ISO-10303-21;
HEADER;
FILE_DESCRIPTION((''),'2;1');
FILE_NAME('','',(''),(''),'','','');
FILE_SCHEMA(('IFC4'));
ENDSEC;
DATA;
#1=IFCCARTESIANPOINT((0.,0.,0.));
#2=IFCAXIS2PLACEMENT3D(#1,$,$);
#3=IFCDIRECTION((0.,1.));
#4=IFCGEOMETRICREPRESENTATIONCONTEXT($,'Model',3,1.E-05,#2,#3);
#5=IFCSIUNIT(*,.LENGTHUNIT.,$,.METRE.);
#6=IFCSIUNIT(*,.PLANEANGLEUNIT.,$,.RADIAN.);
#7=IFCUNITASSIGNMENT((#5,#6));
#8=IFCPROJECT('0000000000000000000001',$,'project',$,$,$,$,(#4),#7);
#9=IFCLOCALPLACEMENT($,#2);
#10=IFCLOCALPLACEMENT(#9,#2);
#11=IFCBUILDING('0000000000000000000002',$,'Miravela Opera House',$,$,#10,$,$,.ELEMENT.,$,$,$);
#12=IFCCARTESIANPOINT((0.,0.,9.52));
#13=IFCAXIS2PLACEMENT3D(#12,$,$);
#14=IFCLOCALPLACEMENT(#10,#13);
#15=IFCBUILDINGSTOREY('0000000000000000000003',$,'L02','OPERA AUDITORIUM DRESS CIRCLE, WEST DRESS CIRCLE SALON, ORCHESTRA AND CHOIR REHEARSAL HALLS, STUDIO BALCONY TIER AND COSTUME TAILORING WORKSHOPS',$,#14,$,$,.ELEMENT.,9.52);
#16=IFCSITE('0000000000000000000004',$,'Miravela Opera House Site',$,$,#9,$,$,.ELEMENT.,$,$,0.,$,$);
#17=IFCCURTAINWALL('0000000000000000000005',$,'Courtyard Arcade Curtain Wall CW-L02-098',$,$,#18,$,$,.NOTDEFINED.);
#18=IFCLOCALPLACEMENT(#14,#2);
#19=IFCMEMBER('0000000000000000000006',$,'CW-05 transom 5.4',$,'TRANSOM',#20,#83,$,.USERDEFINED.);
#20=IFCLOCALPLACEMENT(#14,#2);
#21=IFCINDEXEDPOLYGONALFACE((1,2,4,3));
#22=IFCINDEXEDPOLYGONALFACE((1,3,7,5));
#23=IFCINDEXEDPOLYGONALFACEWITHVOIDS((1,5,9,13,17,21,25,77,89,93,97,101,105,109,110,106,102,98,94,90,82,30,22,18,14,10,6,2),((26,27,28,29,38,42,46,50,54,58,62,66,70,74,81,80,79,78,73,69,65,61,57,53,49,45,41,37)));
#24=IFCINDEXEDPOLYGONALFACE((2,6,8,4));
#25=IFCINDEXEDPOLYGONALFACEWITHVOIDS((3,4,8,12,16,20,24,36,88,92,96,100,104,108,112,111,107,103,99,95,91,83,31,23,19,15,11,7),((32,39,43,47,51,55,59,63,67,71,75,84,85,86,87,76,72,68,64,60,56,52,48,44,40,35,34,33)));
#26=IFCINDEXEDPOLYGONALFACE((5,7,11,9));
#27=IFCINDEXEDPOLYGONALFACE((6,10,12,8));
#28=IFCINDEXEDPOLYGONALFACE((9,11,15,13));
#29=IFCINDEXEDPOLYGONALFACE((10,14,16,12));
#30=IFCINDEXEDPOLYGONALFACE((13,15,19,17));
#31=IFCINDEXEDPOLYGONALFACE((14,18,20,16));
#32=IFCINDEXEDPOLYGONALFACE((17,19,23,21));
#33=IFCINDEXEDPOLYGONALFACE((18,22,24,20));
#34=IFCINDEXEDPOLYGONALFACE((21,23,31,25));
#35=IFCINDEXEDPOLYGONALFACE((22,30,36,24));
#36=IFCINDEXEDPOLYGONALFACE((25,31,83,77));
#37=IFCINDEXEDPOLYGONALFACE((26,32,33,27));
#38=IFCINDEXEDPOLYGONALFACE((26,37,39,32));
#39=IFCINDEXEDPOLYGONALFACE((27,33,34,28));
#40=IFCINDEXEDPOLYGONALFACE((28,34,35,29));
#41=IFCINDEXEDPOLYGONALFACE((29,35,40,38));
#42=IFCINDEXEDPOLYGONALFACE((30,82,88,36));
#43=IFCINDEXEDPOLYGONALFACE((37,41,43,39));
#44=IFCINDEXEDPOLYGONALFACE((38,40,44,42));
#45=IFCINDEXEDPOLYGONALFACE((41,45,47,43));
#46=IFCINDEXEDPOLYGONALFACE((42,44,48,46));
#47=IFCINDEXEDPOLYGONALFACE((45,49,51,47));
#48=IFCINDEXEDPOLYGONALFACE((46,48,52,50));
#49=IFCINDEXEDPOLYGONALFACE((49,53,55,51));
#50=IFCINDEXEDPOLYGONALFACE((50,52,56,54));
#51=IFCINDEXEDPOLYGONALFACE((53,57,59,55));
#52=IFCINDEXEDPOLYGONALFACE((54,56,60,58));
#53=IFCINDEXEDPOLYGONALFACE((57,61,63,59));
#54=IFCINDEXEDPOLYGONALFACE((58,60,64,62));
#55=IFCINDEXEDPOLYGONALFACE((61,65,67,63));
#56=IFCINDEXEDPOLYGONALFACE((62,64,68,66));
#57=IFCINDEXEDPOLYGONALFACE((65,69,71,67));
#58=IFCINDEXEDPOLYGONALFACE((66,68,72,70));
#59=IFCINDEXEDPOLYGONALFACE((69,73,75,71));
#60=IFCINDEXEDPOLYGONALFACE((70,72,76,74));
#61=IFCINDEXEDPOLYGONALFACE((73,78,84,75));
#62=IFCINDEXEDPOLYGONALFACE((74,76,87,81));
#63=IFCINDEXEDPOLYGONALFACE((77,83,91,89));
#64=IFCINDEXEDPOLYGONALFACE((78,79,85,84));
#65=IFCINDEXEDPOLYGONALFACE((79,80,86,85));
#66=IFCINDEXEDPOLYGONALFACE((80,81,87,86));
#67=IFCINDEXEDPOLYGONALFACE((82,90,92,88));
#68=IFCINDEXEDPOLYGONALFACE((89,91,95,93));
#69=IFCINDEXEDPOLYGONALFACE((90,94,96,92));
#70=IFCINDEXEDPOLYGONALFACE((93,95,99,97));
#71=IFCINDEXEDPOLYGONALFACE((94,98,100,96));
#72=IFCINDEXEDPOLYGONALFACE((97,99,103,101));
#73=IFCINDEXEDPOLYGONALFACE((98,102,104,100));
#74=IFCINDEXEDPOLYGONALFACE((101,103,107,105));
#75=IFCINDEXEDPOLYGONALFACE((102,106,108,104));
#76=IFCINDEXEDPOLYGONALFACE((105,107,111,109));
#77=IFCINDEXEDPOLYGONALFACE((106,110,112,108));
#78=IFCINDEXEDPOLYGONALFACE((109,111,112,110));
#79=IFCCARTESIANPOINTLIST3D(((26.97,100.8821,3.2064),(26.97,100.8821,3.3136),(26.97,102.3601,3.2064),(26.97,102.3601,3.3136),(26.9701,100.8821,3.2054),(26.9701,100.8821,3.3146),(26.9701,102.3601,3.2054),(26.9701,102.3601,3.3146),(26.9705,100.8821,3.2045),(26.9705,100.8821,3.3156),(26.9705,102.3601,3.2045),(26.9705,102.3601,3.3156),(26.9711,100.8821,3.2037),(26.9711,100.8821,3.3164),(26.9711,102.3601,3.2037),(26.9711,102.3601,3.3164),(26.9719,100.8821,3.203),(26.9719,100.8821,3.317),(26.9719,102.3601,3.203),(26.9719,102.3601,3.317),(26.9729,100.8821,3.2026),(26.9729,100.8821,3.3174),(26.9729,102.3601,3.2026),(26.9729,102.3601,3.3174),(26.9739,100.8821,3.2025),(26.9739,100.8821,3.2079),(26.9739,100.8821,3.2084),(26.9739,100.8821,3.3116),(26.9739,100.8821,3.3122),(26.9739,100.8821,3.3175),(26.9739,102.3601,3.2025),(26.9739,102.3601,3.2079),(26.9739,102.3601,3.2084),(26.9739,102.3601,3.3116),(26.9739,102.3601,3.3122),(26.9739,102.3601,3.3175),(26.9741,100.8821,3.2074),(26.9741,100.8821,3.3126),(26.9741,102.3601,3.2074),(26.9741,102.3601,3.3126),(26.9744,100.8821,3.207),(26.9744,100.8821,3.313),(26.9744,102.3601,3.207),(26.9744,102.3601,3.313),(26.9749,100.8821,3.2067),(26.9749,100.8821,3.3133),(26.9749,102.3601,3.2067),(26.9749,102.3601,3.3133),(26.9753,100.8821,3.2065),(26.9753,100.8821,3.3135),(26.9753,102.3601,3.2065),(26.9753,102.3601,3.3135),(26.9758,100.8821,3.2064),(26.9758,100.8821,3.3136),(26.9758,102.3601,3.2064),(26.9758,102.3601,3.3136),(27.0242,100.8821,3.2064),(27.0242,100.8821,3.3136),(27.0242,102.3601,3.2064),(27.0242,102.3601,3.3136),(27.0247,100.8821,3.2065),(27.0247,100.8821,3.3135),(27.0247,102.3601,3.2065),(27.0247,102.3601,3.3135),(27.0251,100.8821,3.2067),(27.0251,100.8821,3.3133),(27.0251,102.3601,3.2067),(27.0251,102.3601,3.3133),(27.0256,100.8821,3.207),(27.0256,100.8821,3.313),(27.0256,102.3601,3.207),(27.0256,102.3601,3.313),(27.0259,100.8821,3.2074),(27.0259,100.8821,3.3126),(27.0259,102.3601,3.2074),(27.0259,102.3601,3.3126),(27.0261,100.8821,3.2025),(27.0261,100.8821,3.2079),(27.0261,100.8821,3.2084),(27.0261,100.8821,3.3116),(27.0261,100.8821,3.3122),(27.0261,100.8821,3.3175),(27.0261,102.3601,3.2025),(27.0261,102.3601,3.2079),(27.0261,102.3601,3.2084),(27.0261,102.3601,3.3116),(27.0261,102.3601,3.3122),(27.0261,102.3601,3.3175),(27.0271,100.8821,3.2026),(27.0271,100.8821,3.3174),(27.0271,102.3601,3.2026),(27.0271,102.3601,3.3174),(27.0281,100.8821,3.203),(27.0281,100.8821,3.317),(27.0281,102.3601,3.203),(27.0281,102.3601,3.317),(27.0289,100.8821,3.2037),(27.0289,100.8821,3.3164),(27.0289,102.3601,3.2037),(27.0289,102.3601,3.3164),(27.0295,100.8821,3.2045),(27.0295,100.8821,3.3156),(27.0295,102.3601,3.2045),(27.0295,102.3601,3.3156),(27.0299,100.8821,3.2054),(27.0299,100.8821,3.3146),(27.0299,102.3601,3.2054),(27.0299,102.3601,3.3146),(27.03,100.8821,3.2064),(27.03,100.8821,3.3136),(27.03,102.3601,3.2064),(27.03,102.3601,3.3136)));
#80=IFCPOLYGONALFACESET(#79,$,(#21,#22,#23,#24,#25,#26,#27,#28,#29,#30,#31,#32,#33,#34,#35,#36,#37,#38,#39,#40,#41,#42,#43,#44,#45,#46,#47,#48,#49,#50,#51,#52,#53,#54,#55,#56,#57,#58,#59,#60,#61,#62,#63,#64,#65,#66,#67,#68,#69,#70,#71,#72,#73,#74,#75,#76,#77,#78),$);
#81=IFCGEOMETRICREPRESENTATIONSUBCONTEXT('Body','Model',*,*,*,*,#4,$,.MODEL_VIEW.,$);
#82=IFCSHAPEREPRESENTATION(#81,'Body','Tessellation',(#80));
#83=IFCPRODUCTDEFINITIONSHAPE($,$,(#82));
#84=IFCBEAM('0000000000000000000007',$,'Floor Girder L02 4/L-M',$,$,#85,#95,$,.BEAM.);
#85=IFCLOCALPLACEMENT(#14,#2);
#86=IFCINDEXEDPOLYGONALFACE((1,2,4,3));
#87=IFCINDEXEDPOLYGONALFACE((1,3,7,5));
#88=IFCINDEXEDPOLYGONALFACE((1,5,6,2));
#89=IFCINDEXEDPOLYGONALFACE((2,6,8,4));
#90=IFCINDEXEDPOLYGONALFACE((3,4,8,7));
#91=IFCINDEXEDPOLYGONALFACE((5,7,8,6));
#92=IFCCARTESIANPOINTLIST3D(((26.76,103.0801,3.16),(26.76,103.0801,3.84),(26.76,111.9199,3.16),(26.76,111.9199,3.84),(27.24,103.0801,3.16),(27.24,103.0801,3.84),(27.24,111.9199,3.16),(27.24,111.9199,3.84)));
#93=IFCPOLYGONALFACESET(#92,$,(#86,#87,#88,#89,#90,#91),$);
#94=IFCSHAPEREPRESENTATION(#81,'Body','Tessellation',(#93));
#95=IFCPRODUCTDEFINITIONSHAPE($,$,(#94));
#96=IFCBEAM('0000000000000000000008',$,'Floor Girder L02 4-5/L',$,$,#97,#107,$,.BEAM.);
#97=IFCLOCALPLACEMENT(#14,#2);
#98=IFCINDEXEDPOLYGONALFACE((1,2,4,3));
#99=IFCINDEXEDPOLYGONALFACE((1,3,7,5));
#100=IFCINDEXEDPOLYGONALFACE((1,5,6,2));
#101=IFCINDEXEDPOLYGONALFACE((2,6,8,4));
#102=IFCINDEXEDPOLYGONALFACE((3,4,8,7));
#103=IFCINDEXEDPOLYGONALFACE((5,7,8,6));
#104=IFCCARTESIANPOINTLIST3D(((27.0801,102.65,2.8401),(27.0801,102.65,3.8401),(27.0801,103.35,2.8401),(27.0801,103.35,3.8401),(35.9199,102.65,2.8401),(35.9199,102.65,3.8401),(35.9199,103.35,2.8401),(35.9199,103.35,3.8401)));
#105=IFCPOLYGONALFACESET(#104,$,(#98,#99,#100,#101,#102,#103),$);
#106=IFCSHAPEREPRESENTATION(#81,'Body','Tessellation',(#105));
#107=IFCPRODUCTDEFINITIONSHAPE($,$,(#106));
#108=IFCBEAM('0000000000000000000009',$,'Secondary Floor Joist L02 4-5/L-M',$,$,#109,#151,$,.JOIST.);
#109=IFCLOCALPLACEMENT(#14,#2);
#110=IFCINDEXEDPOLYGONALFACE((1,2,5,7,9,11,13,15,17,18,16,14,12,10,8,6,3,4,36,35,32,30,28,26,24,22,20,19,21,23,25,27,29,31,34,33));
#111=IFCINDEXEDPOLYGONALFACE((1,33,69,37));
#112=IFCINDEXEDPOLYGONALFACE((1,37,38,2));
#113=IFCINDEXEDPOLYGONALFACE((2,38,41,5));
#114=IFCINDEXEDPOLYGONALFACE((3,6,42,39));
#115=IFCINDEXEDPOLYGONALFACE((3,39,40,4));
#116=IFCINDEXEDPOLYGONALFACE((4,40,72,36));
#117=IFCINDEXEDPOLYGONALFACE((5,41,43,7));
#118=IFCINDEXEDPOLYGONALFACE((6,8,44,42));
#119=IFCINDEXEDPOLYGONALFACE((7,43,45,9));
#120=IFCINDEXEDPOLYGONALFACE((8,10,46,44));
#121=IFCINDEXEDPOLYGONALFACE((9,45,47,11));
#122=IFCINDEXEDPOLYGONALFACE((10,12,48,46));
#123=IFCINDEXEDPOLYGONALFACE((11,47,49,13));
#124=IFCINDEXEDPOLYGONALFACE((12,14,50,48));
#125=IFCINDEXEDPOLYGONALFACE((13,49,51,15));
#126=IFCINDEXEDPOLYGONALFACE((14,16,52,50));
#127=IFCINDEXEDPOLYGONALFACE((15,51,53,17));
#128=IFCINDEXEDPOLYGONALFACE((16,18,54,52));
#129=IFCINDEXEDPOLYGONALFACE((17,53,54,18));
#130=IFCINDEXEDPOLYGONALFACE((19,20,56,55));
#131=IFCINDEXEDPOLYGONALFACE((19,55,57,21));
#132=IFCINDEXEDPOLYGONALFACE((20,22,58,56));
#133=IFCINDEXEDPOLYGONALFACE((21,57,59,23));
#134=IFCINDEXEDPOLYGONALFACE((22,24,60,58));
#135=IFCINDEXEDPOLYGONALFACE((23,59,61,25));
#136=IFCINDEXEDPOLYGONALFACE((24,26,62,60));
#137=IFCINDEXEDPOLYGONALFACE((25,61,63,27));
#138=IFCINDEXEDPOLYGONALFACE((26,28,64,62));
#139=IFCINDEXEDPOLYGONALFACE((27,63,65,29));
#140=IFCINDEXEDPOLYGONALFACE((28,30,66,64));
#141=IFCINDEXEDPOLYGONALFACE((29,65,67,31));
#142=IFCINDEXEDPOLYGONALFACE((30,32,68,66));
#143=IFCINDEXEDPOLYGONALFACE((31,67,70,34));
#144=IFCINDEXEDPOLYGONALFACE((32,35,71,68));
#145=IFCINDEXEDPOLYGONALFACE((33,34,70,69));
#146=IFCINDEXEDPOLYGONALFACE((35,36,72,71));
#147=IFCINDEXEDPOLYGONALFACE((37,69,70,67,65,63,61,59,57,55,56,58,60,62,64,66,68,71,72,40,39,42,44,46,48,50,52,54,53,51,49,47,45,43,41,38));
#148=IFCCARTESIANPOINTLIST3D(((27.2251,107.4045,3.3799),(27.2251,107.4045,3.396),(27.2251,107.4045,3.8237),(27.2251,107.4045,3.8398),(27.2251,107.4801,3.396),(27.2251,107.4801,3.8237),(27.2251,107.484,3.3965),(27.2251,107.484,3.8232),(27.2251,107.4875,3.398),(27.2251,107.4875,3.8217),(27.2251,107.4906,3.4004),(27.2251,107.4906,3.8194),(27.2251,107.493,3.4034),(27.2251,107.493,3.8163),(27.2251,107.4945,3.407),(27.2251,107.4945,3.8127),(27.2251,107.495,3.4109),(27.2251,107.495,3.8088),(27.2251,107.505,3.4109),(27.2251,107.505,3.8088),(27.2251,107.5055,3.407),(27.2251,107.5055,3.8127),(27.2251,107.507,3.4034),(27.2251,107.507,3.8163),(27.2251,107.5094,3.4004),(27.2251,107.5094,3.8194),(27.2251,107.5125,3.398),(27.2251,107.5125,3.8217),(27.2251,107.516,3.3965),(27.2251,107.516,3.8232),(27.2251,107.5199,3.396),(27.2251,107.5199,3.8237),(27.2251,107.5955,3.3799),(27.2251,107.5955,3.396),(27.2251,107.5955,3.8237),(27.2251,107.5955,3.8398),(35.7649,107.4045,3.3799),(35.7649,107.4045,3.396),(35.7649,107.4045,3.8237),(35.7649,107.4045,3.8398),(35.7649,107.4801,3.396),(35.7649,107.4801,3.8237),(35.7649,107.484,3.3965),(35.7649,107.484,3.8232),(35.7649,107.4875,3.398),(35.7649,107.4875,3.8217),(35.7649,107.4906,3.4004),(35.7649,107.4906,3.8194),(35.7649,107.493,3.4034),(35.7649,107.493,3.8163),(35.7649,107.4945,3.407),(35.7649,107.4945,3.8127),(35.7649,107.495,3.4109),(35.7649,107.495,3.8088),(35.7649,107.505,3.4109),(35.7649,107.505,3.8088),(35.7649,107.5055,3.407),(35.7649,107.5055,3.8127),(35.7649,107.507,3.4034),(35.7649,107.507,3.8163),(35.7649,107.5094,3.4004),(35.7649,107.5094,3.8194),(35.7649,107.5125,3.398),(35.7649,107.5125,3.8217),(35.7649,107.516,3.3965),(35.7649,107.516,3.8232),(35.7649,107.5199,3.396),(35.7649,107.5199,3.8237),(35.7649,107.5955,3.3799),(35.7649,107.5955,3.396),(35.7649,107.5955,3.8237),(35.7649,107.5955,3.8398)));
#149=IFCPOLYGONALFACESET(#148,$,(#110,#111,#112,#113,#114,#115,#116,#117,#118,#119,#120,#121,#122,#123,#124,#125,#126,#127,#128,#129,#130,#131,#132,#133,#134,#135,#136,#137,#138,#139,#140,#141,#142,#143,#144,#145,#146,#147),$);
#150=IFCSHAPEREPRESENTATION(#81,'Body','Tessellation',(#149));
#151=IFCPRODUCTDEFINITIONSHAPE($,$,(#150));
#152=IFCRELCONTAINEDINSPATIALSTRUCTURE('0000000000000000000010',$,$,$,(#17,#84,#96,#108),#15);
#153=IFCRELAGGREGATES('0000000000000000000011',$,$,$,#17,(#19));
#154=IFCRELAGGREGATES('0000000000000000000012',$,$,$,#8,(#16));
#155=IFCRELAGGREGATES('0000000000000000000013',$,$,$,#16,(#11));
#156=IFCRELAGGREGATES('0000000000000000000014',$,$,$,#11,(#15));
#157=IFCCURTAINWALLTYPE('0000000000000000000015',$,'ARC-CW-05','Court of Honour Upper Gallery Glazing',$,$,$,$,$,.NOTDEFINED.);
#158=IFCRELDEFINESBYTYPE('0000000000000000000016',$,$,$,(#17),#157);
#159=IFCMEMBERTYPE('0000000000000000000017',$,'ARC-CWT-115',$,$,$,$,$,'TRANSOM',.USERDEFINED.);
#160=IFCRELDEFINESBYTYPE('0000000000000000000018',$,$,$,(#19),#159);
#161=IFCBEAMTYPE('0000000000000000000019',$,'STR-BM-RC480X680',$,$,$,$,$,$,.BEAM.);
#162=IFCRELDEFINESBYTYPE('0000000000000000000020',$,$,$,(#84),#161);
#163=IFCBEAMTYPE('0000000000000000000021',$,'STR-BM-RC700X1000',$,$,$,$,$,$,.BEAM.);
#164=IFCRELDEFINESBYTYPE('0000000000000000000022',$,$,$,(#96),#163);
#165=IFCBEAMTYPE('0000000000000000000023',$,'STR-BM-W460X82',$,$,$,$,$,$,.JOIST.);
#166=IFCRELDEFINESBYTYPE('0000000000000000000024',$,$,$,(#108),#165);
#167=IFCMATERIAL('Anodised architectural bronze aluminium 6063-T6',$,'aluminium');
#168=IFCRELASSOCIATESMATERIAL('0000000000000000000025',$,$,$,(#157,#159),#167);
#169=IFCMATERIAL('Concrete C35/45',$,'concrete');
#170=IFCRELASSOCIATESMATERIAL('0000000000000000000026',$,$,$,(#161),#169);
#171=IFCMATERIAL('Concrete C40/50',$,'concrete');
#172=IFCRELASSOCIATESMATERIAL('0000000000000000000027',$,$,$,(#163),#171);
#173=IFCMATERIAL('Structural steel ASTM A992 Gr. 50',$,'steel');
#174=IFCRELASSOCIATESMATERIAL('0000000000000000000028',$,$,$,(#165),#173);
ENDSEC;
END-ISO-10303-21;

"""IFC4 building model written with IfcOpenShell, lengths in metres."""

from ifc_helpers import new_model, si_unit, direction, frame, origin, origin_2d, place, context, subcontext, project, spatial, rectangle, hollow_rectangle, i_section, extrude, material, material_profile, profile_set, type_object, element, aggregate, save


model = new_model("IFC4")

# Units and contexts
model_context = context("Model", 3, precision=1e-05, world=origin(), true_north=direction((0.0, 1.0)))
body_context = subcontext(model_context, "Body", "Model", "MODEL_VIEW")
ifc_project = project(units=[si_unit("LENGTHUNIT", "METRE"), si_unit("PLANEANGLEUNIT", "RADIAN")], contexts=[model_context])

# Site, building, storey
site_placement = place(None, origin())
site = spatial("IfcSite", under=ifc_project, at=site_placement, Name="Miravela Opera House Site", CompositionType="ELEMENT", RefElevation=0.0)
building_placement = place(site_placement, origin())
building = spatial("IfcBuilding", under=site, at=building_placement, Name="Miravela Opera House", CompositionType="ELEMENT")
storey_placement = place(building_placement, frame((0.0, 0.0, 9.52)))
storey = spatial("IfcBuildingStorey", under=building, at=storey_placement, Name="L02", Description="OPERA AUDITORIUM DRESS CIRCLE, WEST DRESS CIRCLE SALON, ORCHESTRA AND CHOIR REHEARSAL HALLS, STUDIO BALCONY TIER AND COSTUME TAILORING WORKSHOPS", CompositionType="ELEMENT", Elevation=9.52)

# Shared definitions
ifc_material_1 = material(Name="Concrete C35/45", Category="concrete")

# Shared definitions
ifc_material_2 = material(Name="Anodised architectural bronze aluminium 6063-T6", Category="aluminium")
curtain_wall_type = type_object("IfcCurtainWallType", Name="ARC-CW-05", Description="Court of Honour Upper Gallery Glazing", PredefinedType="NOTDEFINED", material=ifc_material_2)

# Curtain wall
curtain_wall_1_placement = place(storey_placement, origin())
curtain_wall_1 = element("IfcCurtainWall", 1, at=curtain_wall_1_placement, inside=storey, type_object=curtain_wall_type, Name="Courtyard Arcade Curtain Wall CW-L02-098", PredefinedType="NOTDEFINED")

# Member
ifc_material_profile_1 = material_profile(ifc_material_2, hollow_rectangle(XDim=0.0601, YDim=0.115, WallThickness=0.0039, InnerFilletRadius=0.002, OuterFilletRadius=0.0039, at=origin_2d()), Name="CWT-60X115")
ifc_profile_set_1 = profile_set([ifc_material_profile_1])
member_type_1 = type_object("IfcMemberType", Name="ARC-CWT-115", ElementType="TRANSOM", PredefinedType="USERDEFINED", material=ifc_profile_set_1)
member_1_placement = place(storey_placement, frame((27.0, 100.8821, 3.26), z_axis=(0.0, 1.0, 0.0), x_axis=(-1.0, 0.0, 0.0)))
member_1 = element("IfcMember", 2, at=member_1_placement, type_object=member_type_1, Name="CW-05 transom 5.4", ObjectType="TRANSOM", PredefinedType="USERDEFINED", context=body_context, shape_type="SweptSolid", body=[
    extrude(hollow_rectangle(XDim=0.0601, YDim=0.115, WallThickness=0.0039, InnerFilletRadius=0.002, OuterFilletRadius=0.0039, at=origin_2d()), origin(), (0.0, 0.0, 1.0), 1.478),
])

# Beams
ifc_material_profile_2 = material_profile(ifc_material_1, rectangle(XDim=0.48, YDim=0.6799, at=origin_2d()), Name="RC-BM-480X680")
ifc_profile_set_2 = profile_set([ifc_material_profile_2])
beam_type_1 = type_object("IfcBeamType", Name="STR-BM-RC480X680", PredefinedType="BEAM", material=ifc_profile_set_2)
beam_1_placement = place(storey_placement, frame((27.0, 103.0801, 3.5), z_axis=(0.0, 1.0, 0.0), x_axis=(-1.0, 0.0, 0.0)))
element("IfcBeam", 3, at=beam_1_placement, inside=storey, type_object=beam_type_1, Name="Floor Girder L02 4/L-M", PredefinedType="BEAM", context=body_context, shape_type="SweptSolid", body=[
    extrude(rectangle(XDim=0.48, YDim=0.6799, at=origin_2d()), origin(), (0.0, 0.0, 1.0), 8.8398),
])
ifc_material_3 = material(Name="Concrete C40/50", Category="concrete")
ifc_material_profile_3 = material_profile(ifc_material_3, rectangle(XDim=0.7, YDim=1.0, at=origin_2d()), Name="RC-BM-700X1000")
ifc_profile_set_3 = profile_set([ifc_material_profile_3])
beam_type_2 = type_object("IfcBeamType", Name="STR-BM-RC700X1000", PredefinedType="BEAM", material=ifc_profile_set_3)
beam_2_placement = place(storey_placement, frame((27.0801, 103.0, 3.3401), z_axis=(1.0, 0.0, 0.0), x_axis=(0.0, 1.0, 0.0)))
element("IfcBeam", 4, at=beam_2_placement, inside=storey, type_object=beam_type_2, Name="Floor Girder L02 4-5/L", PredefinedType="BEAM", context=body_context, shape_type="SweptSolid", body=[
    extrude(rectangle(XDim=0.7, YDim=1.0, at=origin_2d()), origin(), (0.0, 0.0, 1.0), 8.8398),
])
ifc_material_4 = material(Name="Structural steel ASTM A992 Gr. 50", Category="steel")
ifc_material_profile_4 = material_profile(ifc_material_4, i_section(OverallWidth=0.1909, OverallDepth=0.46, WebThickness=0.01, FlangeThickness=0.0161, FilletRadius=0.0149, at=origin_2d()), Name="W460X82")
ifc_profile_set_4 = profile_set([ifc_material_profile_4])
beam_type_3 = type_object("IfcBeamType", Name="STR-BM-W460X82", PredefinedType="JOIST", material=ifc_profile_set_4)
beam_3_placement = place(storey_placement, frame((27.2251, 107.5, 3.6099), z_axis=(1.0, 0.0, 0.0), x_axis=(0.0, 1.0, 0.0)))
element("IfcBeam", 5, at=beam_3_placement, inside=storey, type_object=beam_type_3, Name="Secondary Floor Joist L02 4-5/L-M", PredefinedType="JOIST", context=body_context, shape_type="SweptSolid", body=[
    extrude(i_section(OverallWidth=0.1909, OverallDepth=0.46, WebThickness=0.01, FlangeThickness=0.0161, FilletRadius=0.0149, at=origin_2d()), origin(), (0.0, 0.0, 1.0), 8.5398),
])

aggregate(curtain_wall_1, [member_1])

save(model, "model.ifc")
